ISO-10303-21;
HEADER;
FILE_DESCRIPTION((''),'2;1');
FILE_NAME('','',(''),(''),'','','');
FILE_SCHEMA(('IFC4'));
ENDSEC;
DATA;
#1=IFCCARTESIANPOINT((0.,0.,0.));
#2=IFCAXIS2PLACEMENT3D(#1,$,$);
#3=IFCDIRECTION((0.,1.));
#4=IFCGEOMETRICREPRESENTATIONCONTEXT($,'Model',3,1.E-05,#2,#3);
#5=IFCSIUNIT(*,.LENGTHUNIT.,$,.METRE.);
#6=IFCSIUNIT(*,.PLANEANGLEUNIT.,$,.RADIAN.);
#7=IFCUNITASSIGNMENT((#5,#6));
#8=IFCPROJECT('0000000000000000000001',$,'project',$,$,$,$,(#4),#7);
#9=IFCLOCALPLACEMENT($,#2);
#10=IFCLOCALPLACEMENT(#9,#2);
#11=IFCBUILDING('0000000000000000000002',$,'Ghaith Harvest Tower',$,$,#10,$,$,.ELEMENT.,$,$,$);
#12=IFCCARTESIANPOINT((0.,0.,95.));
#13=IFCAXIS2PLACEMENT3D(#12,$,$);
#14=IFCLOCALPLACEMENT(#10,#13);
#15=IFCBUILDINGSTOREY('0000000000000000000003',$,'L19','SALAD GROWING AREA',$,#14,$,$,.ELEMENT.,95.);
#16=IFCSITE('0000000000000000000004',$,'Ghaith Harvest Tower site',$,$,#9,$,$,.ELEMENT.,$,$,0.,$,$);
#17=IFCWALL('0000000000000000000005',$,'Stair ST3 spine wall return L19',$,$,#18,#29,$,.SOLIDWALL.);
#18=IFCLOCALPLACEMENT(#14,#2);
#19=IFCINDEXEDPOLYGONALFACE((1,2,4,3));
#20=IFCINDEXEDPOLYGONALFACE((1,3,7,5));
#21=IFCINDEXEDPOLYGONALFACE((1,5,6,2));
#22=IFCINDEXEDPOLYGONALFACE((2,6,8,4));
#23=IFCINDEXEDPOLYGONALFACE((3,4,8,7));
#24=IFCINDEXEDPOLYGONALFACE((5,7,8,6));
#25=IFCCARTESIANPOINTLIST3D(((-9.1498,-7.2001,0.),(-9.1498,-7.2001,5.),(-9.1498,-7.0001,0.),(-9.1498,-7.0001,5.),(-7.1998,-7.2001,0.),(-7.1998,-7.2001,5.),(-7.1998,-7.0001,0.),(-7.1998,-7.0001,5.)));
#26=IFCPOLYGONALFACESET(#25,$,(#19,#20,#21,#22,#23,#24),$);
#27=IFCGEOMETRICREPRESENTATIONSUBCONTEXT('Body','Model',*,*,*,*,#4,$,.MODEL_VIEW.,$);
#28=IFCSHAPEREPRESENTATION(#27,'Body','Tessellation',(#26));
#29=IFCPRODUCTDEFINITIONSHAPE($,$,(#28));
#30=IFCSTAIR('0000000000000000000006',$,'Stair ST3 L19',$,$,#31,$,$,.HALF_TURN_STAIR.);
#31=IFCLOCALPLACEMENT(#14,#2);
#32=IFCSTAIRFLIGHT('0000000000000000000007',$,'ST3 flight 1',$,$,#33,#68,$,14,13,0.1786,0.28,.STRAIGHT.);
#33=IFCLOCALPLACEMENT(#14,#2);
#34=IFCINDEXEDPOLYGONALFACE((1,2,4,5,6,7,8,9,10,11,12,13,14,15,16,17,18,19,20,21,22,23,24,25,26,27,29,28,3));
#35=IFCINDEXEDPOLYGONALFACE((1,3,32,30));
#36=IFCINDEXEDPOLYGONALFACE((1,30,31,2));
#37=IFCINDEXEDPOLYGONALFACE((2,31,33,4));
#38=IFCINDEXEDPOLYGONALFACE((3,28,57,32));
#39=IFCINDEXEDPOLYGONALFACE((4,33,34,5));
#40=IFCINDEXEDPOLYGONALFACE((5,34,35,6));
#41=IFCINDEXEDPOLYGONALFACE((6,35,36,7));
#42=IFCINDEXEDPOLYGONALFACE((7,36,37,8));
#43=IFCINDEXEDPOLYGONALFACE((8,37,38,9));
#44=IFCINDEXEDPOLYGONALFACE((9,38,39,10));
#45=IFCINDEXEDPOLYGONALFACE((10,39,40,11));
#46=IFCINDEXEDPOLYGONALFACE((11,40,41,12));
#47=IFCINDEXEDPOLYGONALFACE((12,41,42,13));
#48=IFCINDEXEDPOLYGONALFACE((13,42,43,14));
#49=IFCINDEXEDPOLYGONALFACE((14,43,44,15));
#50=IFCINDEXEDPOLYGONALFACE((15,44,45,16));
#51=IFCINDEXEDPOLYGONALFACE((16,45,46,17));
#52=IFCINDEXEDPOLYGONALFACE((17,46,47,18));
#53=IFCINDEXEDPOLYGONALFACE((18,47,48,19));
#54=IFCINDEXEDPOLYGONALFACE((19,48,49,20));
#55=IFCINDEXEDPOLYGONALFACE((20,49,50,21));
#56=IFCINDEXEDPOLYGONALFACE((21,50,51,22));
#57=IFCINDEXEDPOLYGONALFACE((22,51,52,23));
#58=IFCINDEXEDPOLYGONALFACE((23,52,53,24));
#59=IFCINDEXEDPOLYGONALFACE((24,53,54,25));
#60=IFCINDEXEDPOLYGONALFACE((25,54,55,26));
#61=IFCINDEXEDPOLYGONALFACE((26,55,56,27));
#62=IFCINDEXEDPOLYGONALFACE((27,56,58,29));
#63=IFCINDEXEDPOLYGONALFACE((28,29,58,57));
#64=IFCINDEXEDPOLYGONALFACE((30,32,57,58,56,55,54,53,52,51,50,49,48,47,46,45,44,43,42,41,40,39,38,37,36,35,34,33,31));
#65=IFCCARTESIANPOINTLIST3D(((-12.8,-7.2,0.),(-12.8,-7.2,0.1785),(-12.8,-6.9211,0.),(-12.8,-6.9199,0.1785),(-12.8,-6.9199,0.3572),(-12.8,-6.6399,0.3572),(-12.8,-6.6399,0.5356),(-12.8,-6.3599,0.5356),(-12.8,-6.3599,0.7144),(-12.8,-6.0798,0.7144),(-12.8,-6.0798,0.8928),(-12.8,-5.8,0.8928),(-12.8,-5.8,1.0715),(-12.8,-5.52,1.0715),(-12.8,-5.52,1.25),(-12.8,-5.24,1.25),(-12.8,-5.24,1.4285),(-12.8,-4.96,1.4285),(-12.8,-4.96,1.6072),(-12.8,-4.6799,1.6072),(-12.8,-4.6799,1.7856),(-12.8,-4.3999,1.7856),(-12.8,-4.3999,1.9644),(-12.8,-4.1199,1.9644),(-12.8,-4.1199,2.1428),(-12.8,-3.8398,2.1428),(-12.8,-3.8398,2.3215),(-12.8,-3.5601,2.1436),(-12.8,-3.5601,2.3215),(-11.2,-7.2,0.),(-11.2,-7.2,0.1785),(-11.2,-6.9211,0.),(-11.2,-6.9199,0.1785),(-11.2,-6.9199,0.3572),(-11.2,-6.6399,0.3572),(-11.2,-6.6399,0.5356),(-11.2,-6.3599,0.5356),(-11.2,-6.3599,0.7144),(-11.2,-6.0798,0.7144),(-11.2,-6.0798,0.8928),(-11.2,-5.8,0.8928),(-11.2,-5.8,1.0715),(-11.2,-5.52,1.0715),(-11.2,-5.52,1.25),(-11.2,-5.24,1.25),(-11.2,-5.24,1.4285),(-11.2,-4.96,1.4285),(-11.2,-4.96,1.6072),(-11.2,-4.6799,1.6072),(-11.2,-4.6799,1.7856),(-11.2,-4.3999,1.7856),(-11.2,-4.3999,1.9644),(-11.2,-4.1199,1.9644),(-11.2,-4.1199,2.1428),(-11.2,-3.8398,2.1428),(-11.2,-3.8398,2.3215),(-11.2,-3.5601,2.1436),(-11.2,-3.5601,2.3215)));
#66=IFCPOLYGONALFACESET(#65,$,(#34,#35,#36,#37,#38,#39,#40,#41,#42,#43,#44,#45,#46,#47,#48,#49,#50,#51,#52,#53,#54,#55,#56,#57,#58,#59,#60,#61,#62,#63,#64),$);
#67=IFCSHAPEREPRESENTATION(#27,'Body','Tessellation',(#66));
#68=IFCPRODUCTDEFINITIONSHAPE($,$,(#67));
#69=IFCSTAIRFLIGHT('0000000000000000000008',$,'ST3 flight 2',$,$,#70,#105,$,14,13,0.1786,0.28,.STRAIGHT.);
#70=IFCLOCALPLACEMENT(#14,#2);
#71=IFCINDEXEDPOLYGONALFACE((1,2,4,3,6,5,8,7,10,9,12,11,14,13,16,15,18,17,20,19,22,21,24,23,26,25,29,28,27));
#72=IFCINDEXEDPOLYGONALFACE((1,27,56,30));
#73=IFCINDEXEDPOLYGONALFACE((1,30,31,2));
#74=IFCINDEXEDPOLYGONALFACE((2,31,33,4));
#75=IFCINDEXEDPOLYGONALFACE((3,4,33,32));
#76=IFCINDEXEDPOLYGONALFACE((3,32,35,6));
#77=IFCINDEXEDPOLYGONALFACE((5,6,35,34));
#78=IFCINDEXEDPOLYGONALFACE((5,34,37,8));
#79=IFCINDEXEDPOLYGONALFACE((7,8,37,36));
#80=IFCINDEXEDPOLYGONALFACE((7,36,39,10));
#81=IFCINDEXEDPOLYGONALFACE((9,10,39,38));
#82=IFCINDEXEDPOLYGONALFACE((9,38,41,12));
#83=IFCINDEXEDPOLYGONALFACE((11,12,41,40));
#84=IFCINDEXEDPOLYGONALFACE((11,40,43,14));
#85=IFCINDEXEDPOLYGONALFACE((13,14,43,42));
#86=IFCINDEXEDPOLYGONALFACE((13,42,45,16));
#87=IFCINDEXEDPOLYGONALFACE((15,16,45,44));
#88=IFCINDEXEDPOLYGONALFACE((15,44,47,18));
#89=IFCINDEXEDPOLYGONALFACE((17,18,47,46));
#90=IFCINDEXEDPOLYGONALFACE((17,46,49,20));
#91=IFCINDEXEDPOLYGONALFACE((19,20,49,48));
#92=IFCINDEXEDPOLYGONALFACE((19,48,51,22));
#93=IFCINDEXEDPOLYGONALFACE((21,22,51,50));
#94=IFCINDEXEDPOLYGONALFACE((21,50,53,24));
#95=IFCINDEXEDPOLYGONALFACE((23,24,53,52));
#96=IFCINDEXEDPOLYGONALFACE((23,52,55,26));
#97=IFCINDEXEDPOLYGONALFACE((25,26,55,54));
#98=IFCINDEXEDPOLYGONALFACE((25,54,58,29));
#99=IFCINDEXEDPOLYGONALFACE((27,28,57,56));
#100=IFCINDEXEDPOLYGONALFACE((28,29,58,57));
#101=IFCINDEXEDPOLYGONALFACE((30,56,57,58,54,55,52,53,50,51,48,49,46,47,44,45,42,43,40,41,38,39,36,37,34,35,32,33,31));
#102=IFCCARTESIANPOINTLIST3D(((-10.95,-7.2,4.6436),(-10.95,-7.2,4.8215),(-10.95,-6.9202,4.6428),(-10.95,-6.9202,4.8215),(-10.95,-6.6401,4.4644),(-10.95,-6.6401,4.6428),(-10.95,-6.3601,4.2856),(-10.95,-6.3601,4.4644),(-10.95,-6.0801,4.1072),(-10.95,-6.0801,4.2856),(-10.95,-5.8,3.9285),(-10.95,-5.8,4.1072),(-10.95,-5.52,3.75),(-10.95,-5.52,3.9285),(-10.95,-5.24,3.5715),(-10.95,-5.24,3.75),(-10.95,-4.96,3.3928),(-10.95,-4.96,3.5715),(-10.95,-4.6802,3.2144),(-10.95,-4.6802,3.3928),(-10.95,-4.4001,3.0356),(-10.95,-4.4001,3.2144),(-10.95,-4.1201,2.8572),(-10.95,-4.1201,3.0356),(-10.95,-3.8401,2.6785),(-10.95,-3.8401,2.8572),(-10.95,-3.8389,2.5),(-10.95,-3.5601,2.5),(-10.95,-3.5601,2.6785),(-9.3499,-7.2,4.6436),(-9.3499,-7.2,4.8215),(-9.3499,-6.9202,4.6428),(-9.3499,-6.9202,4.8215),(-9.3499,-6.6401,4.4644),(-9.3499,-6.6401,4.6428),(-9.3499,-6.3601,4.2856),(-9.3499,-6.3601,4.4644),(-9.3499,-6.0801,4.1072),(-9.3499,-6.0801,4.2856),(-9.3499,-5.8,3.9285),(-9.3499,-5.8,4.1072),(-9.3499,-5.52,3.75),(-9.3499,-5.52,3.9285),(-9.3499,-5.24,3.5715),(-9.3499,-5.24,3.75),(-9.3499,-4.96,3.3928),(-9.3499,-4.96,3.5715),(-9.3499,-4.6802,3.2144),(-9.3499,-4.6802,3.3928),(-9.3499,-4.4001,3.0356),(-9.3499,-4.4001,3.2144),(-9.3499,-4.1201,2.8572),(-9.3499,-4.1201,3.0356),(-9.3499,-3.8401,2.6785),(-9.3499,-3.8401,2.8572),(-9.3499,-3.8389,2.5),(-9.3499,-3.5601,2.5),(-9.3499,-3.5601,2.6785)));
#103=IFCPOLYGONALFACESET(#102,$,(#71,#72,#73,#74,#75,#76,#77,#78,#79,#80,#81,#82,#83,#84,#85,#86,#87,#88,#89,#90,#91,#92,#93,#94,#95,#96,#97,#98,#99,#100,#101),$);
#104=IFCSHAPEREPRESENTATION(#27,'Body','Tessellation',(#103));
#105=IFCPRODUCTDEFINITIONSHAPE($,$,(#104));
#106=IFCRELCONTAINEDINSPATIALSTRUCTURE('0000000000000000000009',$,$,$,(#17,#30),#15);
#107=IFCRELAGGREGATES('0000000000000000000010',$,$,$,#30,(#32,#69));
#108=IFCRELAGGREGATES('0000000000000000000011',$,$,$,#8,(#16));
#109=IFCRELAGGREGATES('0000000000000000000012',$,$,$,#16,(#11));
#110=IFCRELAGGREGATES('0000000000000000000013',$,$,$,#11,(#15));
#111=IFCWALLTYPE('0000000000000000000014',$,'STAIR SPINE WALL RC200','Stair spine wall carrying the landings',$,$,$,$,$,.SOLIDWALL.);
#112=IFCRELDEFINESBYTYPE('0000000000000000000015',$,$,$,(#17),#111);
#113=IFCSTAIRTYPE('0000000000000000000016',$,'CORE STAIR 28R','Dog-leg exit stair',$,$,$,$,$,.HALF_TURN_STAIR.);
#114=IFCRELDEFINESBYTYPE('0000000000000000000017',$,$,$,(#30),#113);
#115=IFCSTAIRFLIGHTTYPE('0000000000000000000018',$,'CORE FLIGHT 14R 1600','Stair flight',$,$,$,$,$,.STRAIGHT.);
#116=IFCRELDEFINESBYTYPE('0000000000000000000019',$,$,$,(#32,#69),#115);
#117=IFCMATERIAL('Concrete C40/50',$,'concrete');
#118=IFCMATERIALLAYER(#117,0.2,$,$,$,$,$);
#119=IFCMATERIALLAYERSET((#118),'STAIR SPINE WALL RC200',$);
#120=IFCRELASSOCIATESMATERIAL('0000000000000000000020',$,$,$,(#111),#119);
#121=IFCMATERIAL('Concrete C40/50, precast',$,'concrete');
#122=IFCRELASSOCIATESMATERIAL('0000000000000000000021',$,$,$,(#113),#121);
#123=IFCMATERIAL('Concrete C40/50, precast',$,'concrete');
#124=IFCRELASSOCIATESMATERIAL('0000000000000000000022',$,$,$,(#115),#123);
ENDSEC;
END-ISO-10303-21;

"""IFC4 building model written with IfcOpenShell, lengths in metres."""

from ifc_helpers import new_model, si_unit, direction, frame, frame_2d, origin, place, context, subcontext, project, spatial, polyline, rectangle, outline, extrude, material, layer, layer_set, type_object, element, aggregate, save


model = new_model("IFC4")

# Units and contexts
model_context = context("Model", 3, precision=1e-05, world=origin(), true_north=direction((0.0, 1.0)))
body_context = subcontext(model_context, "Body", "Model", "MODEL_VIEW")
ifc_project = project(units=[si_unit("LENGTHUNIT", "METRE"), si_unit("PLANEANGLEUNIT", "RADIAN")], contexts=[model_context])

# Site, building, storey
site_placement = place(None, origin())
site = spatial("IfcSite", under=ifc_project, at=site_placement, Name="Ghaith Harvest Tower site", CompositionType="ELEMENT", RefElevation=0.0)
building_placement = place(site_placement, origin())
building = spatial("IfcBuilding", under=site, at=building_placement, Name="Ghaith Harvest Tower", CompositionType="ELEMENT")
storey_placement = place(building_placement, frame((0.0, 0.0, 95.0)))
storey = spatial("IfcBuildingStorey", under=building, at=storey_placement, Name="L19", Description="SALAD GROWING AREA", CompositionType="ELEMENT", Elevation=95.0)

# Wall
ifc_material_1 = material(Name="Concrete C40/50", Category="concrete")
ifc_layer_1 = layer(ifc_material_1, 0.2)
ifc_layer_set_1 = layer_set([ifc_layer_1], Name="STAIR SPINE WALL RC200")
wall_type_1 = type_object("IfcWallType", Name="STAIR SPINE WALL RC200", Description="Stair spine wall carrying the landings", PredefinedType="SOLIDWALL", material=ifc_layer_set_1)
wall_1_placement = place(storey_placement, frame((-9.1499, -7.1001, 0.0), z_axis=(0.0, 0.0, 1.0), x_axis=(1.0, 0.0, 0.0)))
element("IfcWall", 1, at=wall_1_placement, inside=storey, type_object=wall_type_1, Name="Stair ST3 spine wall return L19", PredefinedType="SOLIDWALL", context=body_context, shape_type="SweptSolid", body=[
    extrude(rectangle(XDim=1.95, YDim=0.2, at=frame_2d((0.9751, 0.0))), origin(), (0.0, 0.0, 1.0), 5.0),
])

# Stair, stair flights
ifc_material_2 = material(Name="Concrete C40/50, precast", Category="concrete")
stair_type = type_object("IfcStairType", Name="CORE STAIR 28R", Description="Dog-leg exit stair", PredefinedType="HALF_TURN_STAIR", material=ifc_material_2)
stair_placement = place(storey_placement, origin())
stair = element("IfcStair", 2, at=stair_placement, inside=storey, type_object=stair_type, Name="Stair ST3 L19", PredefinedType="HALF_TURN_STAIR")
ifc_material_3 = material(Name="Concrete C40/50, precast", Category="concrete")
stair_flight_type = type_object("IfcStairFlightType", Name="CORE FLIGHT 14R 1600", Description="Stair flight", PredefinedType="STRAIGHT", material=ifc_material_3)
stair_flight_1_placement = place(storey_placement, frame((-12.0, -7.2, 0.0), z_axis=(0.0, 0.0, 1.0), x_axis=(0.0, 1.0, 0.0)))
stair_flight_1 = element("IfcStairFlight", 3, at=stair_flight_1_placement, type_object=stair_flight_type, Name="ST3 flight 1", NumberOfRisers=14, NumberOfTreads=13, PredefinedType="STRAIGHT", RiserHeight=0.1786, TreadLength=0.28, context=body_context, shape_type="SweptSolid", body=[
    extrude(outline(polyline([(0.0, 0.0), (0.0, 0.1785), (0.28, 0.1785), (0.28, 0.3572), (0.5601, 0.3572), (0.5601, 0.5356), (0.8401, 0.5356), (0.8401, 0.7144), (1.1201, 0.7144), (1.1201, 0.8928), (1.3999, 0.8928), (1.3999, 1.0715), (1.6799, 1.0715), (1.6799, 1.25), (1.96, 1.25), (1.96, 1.4285), (2.24, 1.4285), (2.24, 1.6072), (2.52, 1.6072), (2.52, 1.7856), (2.8, 1.7856), (2.8, 1.9644), (3.0801, 1.9644), (3.0801, 2.1428), (3.3601, 2.1428), (3.3601, 2.3215), (3.6399, 2.3215), (3.6399, 2.5), (3.6399, 2.1436), (0.2788, 0.0), (0.0, 0.0)])), frame((0.0, 0.8, 0.0), z_axis=(0.0, -1.0, 0.0), x_axis=(1.0, 0.0, 0.0)), (0.0, 0.0, 1.0), 1.6001),
])
stair_flight_2_placement = place(storey_placement, frame((-10.1499, -3.5601, 2.5), z_axis=(0.0, 0.0, 1.0), x_axis=(0.0, -1.0, 0.0)))
stair_flight_2 = element("IfcStairFlight", 4, at=stair_flight_2_placement, type_object=stair_flight_type, Name="ST3 flight 2", NumberOfRisers=14, NumberOfTreads=13, PredefinedType="STRAIGHT", RiserHeight=0.1786, TreadLength=0.28, context=body_context, shape_type="SweptSolid", body=[
    extrude(outline(polyline([(0.0, 0.0), (0.0, 0.1785), (0.28, 0.1785), (0.28, 0.3572), (0.5601, 0.3572), (0.5601, 0.5356), (0.8401, 0.5356), (0.8401, 0.7144), (1.1201, 0.7144), (1.1201, 0.8928), (1.3999, 0.8928), (1.3999, 1.0715), (1.6799, 1.0715), (1.6799, 1.25), (1.96, 1.25), (1.96, 1.4285), (2.24, 1.4285), (2.24, 1.6072), (2.52, 1.6072), (2.52, 1.7856), (2.8, 1.7856), (2.8, 1.9644), (3.0801, 1.9644), (3.0801, 2.1428), (3.3601, 2.1428), (3.3601, 2.3215), (3.6399, 2.3215), (3.6399, 2.5), (3.6399, 2.1436), (0.2788, 0.0), (0.0, 0.0)])), frame((0.0, 0.8, 0.0), z_axis=(0.0, -1.0, 0.0), x_axis=(1.0, 0.0, 0.0)), (0.0, 0.0, 1.0), 1.6001),
])
aggregate(stair, [stair_flight_1, stair_flight_2])

save(model, "model.ifc")
